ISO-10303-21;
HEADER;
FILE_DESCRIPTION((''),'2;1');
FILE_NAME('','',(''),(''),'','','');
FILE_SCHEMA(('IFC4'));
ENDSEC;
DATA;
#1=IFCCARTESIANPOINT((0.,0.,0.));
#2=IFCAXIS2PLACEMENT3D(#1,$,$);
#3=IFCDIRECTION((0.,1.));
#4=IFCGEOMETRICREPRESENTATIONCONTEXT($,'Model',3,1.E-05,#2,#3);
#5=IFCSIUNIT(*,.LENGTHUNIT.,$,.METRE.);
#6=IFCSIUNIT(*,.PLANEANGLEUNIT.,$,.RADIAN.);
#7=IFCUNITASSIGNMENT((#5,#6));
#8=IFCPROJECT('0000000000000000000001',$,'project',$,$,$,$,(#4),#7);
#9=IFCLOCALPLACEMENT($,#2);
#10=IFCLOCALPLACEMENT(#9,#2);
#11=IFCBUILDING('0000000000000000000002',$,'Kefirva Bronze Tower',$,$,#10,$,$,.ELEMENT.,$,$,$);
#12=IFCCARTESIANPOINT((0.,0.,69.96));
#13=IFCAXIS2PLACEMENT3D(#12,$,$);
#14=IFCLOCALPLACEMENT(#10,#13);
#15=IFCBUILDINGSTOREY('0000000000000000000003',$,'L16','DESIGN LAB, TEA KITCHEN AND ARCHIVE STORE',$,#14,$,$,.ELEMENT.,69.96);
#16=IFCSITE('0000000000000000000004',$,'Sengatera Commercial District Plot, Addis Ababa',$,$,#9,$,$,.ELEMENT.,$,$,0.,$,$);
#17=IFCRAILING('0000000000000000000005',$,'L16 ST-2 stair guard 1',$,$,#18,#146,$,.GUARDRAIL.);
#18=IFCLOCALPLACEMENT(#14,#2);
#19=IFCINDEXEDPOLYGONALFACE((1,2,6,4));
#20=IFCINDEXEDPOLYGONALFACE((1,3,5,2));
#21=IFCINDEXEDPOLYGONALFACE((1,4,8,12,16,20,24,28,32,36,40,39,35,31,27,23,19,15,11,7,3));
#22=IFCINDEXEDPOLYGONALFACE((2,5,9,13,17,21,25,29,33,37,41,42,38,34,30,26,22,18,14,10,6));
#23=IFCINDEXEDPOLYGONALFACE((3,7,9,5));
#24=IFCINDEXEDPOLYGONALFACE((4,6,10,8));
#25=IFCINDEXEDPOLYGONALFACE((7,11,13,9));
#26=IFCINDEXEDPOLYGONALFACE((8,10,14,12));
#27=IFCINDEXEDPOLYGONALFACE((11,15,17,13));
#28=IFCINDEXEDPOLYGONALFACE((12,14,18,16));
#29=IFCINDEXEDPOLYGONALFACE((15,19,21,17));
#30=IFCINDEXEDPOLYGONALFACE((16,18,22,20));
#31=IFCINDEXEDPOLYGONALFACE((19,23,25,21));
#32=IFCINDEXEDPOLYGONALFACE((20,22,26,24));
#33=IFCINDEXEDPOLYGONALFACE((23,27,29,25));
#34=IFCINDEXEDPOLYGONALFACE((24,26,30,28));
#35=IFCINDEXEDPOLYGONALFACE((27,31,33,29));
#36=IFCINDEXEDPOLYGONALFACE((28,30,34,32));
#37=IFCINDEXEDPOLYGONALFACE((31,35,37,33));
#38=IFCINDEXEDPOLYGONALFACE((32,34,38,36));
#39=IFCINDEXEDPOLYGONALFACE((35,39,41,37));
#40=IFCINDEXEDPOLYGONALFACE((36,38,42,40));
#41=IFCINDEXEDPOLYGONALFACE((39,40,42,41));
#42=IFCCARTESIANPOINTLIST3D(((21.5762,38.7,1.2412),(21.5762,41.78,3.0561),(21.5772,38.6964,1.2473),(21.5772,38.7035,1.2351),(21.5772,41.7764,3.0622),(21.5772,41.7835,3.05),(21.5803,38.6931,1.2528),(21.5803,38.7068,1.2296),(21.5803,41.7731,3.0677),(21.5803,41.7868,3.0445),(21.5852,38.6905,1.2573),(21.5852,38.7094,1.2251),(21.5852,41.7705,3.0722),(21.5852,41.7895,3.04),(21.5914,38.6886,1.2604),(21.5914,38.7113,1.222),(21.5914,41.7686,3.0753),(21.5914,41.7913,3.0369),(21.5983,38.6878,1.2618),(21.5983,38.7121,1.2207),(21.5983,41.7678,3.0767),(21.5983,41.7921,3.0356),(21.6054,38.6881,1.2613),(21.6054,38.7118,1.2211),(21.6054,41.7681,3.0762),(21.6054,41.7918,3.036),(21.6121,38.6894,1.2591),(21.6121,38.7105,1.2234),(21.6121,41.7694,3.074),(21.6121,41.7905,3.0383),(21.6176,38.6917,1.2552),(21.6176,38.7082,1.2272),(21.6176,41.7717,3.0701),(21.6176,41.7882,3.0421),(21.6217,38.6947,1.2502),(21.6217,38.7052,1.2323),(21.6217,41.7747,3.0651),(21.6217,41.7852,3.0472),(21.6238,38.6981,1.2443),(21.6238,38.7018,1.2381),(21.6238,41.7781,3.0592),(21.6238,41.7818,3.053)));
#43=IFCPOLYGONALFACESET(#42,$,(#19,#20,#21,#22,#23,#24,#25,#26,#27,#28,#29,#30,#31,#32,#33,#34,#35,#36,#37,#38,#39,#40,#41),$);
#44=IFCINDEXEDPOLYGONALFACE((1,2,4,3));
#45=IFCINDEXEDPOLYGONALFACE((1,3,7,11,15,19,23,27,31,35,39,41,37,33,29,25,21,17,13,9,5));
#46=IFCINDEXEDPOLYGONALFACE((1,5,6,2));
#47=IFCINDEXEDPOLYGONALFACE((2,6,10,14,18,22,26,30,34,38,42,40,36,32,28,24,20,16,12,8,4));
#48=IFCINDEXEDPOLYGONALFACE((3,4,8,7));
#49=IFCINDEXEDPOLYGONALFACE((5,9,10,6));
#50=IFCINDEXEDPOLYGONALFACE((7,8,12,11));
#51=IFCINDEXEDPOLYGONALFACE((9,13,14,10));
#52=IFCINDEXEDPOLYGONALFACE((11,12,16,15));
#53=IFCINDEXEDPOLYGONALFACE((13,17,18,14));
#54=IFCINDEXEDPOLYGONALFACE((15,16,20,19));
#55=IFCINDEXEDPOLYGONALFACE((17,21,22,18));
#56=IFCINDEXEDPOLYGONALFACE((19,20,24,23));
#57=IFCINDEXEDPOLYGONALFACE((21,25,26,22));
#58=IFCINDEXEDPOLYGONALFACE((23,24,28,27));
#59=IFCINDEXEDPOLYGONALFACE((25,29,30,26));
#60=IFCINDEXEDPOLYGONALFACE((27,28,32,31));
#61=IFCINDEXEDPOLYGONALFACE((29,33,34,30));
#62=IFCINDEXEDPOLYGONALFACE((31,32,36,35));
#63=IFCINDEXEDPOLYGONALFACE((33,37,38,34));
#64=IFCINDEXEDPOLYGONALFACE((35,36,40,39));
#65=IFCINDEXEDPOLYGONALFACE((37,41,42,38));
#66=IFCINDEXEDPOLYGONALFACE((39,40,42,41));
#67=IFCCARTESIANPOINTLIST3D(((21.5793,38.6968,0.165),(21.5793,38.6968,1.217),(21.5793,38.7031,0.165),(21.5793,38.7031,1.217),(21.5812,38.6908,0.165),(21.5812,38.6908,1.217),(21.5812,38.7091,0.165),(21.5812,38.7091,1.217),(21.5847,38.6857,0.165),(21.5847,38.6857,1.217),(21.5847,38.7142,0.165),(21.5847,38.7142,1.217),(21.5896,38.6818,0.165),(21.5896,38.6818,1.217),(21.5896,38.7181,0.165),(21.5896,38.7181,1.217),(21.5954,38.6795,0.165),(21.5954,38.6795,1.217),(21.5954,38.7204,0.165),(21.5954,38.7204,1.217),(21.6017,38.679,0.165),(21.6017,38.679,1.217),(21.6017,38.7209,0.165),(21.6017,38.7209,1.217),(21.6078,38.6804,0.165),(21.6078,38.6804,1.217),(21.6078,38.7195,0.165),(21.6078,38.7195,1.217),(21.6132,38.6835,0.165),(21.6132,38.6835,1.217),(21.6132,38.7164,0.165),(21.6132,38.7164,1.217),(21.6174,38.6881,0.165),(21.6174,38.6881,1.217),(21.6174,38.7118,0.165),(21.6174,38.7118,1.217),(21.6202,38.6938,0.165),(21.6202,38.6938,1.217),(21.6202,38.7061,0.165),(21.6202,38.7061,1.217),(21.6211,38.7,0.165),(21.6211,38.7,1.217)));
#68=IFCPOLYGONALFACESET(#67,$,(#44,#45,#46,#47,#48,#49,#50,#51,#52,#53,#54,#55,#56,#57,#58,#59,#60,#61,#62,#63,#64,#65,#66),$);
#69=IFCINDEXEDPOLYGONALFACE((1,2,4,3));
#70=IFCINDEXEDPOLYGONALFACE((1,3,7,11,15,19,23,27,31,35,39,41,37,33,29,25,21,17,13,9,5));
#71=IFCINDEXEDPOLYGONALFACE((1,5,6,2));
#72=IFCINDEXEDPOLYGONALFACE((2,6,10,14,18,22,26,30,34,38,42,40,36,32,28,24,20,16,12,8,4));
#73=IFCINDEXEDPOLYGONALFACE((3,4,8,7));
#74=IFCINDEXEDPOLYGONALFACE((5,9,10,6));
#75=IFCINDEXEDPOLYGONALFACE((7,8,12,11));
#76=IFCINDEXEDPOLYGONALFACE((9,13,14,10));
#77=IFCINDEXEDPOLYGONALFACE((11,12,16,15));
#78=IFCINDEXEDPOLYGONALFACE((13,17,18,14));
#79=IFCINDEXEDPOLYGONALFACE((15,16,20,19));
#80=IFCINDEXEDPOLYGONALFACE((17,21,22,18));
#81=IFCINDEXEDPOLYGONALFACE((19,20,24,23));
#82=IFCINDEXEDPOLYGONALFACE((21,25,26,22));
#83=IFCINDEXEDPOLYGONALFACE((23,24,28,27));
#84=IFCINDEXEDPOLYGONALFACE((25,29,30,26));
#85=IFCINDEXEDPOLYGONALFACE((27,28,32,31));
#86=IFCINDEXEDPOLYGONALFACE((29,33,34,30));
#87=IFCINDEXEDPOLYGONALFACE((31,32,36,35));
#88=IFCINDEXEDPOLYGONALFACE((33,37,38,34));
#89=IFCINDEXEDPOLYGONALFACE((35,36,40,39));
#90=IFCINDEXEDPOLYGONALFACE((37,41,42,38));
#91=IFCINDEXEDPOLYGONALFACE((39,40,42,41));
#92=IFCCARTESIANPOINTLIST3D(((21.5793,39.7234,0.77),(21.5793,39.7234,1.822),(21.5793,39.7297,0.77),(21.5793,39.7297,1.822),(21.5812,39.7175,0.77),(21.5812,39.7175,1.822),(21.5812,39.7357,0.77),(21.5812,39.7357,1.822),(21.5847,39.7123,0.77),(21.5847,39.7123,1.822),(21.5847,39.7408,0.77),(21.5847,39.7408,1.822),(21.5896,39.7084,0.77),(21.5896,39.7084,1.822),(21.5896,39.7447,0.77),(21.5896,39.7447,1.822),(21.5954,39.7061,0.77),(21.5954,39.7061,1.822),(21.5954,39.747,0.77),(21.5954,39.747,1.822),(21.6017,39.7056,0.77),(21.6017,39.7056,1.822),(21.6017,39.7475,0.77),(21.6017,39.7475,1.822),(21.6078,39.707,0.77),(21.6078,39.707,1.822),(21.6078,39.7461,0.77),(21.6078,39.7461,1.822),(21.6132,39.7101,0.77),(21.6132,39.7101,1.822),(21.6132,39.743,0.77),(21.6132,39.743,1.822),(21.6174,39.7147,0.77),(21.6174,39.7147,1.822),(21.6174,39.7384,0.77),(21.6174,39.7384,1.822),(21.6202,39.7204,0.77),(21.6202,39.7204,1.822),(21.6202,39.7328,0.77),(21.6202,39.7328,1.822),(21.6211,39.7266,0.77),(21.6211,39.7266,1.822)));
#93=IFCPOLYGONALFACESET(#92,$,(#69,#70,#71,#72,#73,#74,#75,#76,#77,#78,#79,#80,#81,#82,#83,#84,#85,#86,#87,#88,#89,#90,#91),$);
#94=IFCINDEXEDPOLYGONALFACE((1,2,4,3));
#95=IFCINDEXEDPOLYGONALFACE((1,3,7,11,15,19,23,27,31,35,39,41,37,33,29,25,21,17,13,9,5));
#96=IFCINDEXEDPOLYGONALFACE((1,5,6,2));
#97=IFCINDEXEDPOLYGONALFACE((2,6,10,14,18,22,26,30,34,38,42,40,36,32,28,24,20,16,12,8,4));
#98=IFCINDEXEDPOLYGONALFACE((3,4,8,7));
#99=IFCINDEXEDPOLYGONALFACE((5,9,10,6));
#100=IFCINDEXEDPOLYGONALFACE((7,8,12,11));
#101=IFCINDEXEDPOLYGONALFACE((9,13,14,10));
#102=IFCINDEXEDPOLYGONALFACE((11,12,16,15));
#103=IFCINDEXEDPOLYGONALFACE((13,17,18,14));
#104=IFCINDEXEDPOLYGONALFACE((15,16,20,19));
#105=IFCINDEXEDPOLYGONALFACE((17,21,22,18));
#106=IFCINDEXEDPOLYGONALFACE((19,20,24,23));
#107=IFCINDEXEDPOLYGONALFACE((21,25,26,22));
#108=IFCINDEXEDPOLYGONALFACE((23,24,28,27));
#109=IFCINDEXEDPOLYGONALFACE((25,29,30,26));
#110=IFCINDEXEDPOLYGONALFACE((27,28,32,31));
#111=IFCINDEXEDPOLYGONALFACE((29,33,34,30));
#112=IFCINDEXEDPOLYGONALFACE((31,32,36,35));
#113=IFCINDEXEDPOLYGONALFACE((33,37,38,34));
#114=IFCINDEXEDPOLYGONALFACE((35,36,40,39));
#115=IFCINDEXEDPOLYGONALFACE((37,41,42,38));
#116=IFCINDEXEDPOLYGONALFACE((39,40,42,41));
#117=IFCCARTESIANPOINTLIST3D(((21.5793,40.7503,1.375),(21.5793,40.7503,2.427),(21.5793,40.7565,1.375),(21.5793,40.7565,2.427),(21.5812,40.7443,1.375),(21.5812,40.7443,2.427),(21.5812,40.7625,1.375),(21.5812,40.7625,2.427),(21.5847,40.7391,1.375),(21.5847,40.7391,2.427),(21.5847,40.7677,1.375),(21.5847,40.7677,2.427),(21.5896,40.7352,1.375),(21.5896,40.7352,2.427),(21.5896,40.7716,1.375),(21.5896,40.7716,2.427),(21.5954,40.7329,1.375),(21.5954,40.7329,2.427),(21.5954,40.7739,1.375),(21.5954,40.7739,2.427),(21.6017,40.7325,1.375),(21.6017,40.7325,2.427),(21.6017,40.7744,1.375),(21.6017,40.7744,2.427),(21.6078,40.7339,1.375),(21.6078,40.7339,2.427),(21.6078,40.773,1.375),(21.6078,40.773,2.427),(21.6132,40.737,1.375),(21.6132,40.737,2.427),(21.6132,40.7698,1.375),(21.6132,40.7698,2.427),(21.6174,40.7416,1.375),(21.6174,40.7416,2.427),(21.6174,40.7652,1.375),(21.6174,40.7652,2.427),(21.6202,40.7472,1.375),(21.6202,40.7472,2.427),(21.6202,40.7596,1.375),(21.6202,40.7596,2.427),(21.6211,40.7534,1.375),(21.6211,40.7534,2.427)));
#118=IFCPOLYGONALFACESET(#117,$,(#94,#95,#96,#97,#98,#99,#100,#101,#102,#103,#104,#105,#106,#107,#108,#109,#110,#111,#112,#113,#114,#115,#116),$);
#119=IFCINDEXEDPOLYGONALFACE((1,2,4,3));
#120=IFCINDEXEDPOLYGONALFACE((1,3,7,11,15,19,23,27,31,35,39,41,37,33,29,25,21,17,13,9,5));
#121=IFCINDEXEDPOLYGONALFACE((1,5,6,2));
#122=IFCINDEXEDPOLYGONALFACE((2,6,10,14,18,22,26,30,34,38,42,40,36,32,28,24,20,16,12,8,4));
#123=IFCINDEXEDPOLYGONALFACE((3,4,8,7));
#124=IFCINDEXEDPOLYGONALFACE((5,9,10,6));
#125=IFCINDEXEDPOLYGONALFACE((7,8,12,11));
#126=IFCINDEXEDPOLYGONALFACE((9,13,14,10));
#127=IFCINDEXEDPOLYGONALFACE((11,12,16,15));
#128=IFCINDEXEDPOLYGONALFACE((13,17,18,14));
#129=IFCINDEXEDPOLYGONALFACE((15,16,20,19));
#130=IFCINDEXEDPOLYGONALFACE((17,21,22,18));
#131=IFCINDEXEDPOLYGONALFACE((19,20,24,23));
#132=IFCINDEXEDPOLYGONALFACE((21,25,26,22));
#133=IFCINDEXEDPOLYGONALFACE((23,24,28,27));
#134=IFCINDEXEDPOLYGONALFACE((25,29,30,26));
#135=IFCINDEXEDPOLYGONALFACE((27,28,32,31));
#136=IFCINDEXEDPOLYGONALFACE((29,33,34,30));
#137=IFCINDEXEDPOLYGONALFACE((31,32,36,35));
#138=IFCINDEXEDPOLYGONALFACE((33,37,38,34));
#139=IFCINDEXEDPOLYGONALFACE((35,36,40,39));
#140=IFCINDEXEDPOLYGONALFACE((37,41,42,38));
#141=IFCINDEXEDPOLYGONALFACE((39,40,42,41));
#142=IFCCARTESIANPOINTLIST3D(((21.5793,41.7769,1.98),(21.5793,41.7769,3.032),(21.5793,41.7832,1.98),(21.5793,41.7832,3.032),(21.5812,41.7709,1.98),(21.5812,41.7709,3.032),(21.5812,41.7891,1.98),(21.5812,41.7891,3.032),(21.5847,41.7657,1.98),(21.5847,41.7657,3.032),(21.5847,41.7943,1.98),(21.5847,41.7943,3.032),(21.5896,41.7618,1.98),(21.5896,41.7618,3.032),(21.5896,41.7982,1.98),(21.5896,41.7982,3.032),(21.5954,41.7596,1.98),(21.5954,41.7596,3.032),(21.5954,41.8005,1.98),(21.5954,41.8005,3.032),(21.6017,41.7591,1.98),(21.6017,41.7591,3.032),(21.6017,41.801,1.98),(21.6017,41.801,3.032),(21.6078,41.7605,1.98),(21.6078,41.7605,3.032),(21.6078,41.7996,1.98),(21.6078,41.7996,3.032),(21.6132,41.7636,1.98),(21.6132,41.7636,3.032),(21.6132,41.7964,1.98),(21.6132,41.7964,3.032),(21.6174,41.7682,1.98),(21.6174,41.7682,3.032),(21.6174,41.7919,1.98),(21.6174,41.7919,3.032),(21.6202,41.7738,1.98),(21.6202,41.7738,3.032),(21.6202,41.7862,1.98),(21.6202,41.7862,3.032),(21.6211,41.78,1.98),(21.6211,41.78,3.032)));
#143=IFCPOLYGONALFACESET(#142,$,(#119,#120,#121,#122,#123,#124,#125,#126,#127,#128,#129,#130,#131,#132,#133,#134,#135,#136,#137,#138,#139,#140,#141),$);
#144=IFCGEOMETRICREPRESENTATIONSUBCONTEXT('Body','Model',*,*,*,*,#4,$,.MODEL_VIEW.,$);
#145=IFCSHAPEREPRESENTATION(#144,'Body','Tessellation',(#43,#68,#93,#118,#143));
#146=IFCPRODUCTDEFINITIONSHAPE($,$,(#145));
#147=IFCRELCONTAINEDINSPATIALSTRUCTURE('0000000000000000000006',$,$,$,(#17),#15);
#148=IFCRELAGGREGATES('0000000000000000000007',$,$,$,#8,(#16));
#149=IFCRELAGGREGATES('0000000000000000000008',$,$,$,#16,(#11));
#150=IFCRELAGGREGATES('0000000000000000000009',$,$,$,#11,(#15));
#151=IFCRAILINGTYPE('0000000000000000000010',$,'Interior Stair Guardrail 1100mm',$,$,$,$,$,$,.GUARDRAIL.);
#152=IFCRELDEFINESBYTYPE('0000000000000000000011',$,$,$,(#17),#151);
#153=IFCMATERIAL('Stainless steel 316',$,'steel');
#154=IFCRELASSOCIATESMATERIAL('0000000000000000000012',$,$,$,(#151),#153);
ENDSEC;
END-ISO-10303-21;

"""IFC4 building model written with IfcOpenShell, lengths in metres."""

from ifc_helpers import new_model, si_unit, direction, frame, origin, origin_2d, place, context, subcontext, project, spatial, circle, extrude, material, type_object, element, save


model = new_model("IFC4")

# Units and contexts
model_context = context("Model", 3, precision=1e-05, world=origin(), true_north=direction((0.0, 1.0)))
body_context = subcontext(model_context, "Body", "Model", "MODEL_VIEW")
ifc_project = project(units=[si_unit("LENGTHUNIT", "METRE"), si_unit("PLANEANGLEUNIT", "RADIAN")], contexts=[model_context])

# Site, building, storey
site_placement = place(None, origin())
site = spatial("IfcSite", under=ifc_project, at=site_placement, Name="Sengatera Commercial District Plot, Addis Ababa", CompositionType="ELEMENT", RefElevation=0.0)
building_placement = place(site_placement, origin())
building = spatial("IfcBuilding", under=site, at=building_placement, Name="Kefirva Bronze Tower", CompositionType="ELEMENT")
storey_placement = place(building_placement, frame((0.0, 0.0, 69.96)))
storey = spatial("IfcBuildingStorey", under=building, at=storey_placement, Name="L16", Description="DESIGN LAB, TEA KITCHEN AND ARCHIVE STORE", CompositionType="ELEMENT", Elevation=69.96)

# Railing
ifc_material_1 = material(Name="Stainless steel 316", Category="steel")
railing_type_1 = type_object("IfcRailingType", Name="Interior Stair Guardrail 1100mm", PredefinedType="GUARDRAIL", material=ifc_material_1)
railing_1_placement = place(storey_placement, frame((21.6001, 38.7, 0.165)))
element("IfcRailing", 1, at=railing_1_placement, inside=storey, type_object=railing_type_1, Name="L16 ST-2 stair guard 1", PredefinedType="GUARDRAIL", context=body_context, shape_type="SweptSolid", body=[
    extrude(circle(Radius=0.0239, at=origin_2d()), frame((0.0, 0.0, 1.0762), z_axis=(0.0, 0.861551, 0.507671), x_axis=(-1.0, 0.0, 0.0)), (0.0, 0.0, 1.0), 3.575),
    extrude(circle(Radius=0.021, at=origin_2d()), origin(), (0.0, 0.0, 1.0), 1.052),
    extrude(circle(Radius=0.021, at=origin_2d()), frame((0.0, 1.0266, 0.605)), (0.0, 0.0, 1.0), 1.052),
    extrude(circle(Radius=0.021, at=origin_2d()), frame((0.0, 2.0535, 1.21)), (0.0, 0.0, 1.0), 1.052),
    extrude(circle(Radius=0.021, at=origin_2d()), frame((0.0, 3.0801, 1.8149)), (0.0, 0.0, 1.0), 1.052),
])

save(model, "model.ifc")
